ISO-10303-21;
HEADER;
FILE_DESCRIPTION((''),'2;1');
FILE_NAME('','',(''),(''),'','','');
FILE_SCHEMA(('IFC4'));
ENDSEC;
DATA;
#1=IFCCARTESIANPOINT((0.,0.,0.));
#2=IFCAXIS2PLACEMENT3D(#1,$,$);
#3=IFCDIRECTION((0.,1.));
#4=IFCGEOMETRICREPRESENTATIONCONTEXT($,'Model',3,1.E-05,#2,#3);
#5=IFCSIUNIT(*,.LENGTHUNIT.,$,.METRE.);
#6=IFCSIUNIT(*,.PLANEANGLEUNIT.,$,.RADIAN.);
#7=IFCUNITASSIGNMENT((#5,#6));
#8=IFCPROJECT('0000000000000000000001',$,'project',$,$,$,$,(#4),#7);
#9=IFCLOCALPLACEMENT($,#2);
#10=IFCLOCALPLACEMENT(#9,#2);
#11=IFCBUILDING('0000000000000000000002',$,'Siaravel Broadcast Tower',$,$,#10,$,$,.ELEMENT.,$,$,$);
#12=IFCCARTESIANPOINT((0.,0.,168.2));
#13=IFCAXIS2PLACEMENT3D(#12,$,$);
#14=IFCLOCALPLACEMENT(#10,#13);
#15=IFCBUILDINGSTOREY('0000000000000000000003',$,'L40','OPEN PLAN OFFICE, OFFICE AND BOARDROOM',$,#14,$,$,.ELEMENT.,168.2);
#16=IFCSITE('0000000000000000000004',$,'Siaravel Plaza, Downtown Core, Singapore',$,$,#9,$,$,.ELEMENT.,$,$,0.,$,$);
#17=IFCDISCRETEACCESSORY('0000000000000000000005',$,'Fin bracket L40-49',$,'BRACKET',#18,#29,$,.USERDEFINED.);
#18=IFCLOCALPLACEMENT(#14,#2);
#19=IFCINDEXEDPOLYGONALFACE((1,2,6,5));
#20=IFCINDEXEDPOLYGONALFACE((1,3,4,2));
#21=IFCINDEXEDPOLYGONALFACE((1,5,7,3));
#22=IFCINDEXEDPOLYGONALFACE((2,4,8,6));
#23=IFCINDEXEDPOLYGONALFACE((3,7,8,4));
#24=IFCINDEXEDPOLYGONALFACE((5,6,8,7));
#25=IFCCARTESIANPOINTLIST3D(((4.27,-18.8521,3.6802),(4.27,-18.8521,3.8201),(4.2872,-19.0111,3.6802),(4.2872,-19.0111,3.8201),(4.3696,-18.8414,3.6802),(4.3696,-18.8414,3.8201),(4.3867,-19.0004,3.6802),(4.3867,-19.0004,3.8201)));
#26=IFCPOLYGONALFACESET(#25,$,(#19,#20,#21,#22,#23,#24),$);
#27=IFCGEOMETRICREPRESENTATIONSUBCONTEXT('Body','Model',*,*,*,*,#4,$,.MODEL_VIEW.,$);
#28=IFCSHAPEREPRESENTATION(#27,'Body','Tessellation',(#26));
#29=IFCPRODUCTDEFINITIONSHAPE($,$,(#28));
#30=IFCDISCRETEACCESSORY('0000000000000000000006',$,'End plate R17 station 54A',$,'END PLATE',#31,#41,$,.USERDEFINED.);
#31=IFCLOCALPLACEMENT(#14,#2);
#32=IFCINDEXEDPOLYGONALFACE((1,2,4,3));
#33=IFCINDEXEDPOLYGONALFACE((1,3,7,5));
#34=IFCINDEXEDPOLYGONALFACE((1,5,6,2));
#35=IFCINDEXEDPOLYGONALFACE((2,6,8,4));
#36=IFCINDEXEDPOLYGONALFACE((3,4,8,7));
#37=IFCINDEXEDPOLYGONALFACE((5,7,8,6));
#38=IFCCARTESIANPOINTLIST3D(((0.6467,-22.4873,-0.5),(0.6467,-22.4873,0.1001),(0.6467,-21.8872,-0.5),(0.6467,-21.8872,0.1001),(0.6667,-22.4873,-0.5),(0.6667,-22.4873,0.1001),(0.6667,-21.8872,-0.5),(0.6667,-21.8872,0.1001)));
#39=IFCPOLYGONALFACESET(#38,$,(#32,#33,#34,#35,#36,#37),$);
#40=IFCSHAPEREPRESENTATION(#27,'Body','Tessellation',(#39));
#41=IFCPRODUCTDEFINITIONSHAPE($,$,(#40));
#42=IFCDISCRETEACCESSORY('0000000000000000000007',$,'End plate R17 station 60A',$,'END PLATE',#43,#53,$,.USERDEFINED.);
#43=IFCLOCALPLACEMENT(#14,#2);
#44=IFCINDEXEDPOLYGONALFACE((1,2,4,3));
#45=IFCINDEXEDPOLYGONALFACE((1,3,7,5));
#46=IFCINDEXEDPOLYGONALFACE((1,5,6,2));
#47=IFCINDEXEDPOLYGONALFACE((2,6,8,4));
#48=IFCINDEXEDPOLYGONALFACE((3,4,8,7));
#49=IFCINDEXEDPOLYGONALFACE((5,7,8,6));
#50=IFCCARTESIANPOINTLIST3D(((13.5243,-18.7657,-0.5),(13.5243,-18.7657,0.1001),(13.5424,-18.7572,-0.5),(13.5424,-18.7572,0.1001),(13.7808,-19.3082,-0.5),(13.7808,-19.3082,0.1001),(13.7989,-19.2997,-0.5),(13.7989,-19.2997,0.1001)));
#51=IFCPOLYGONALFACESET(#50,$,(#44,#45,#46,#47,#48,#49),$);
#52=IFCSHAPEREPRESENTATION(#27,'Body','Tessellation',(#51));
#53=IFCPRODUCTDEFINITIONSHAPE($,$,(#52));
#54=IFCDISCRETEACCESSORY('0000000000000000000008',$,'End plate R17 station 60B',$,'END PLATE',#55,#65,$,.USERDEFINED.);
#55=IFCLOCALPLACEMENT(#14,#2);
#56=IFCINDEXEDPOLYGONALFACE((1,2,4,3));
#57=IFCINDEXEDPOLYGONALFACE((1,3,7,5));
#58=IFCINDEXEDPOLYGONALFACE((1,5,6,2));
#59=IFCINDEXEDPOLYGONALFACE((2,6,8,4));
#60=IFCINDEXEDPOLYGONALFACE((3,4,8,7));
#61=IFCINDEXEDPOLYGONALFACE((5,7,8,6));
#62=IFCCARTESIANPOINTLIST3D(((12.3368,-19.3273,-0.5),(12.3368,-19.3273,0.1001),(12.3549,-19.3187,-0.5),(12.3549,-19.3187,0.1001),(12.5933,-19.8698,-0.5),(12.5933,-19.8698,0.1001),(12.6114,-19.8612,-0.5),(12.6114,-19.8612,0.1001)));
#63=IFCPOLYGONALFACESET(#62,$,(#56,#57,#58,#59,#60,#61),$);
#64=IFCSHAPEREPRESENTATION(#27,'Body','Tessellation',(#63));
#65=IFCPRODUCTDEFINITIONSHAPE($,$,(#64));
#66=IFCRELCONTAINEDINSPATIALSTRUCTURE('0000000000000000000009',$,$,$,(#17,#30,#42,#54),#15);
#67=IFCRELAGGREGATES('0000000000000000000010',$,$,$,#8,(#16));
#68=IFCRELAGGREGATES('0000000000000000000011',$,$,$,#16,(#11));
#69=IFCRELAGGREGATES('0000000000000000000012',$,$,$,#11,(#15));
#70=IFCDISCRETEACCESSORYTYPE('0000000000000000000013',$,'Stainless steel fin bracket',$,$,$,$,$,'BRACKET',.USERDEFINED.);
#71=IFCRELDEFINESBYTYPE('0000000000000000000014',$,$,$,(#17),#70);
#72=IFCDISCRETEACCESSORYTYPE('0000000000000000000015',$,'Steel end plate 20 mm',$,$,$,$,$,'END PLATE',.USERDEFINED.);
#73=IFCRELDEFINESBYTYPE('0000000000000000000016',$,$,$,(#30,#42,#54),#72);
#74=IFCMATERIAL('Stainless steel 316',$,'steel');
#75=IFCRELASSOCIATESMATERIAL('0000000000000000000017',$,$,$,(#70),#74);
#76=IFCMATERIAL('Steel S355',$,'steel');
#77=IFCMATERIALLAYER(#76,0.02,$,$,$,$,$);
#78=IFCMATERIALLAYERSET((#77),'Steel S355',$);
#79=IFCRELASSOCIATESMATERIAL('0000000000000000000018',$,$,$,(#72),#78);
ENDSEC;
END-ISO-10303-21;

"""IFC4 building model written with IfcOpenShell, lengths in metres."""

from ifc_helpers import new_model, si_unit, direction, frame, origin, origin_2d, place, context, subcontext, project, spatial, rectangle, extrude, material, layer, layer_set, type_object, element, save


model = new_model("IFC4")

# Units and contexts
model_context = context("Model", 3, precision=1e-05, world=origin(), true_north=direction((0.0, 1.0)))
body_context = subcontext(model_context, "Body", "Model", "MODEL_VIEW")
ifc_project = project(units=[si_unit("LENGTHUNIT", "METRE"), si_unit("PLANEANGLEUNIT", "RADIAN")], contexts=[model_context])

# Site, building, storey
site_placement = place(None, origin())
site = spatial("IfcSite", under=ifc_project, at=site_placement, Name="Siaravel Plaza, Downtown Core, Singapore", CompositionType="ELEMENT", RefElevation=0.0)
building_placement = place(site_placement, origin())
building = spatial("IfcBuilding", under=site, at=building_placement, Name="Siaravel Broadcast Tower", CompositionType="ELEMENT")
storey_placement = place(building_placement, frame((0.0, 0.0, 168.2)))
storey = spatial("IfcBuildingStorey", under=building, at=storey_placement, Name="L40", Description="OPEN PLAN OFFICE, OFFICE AND BOARDROOM", CompositionType="ELEMENT", Elevation=168.2)

# Shared definitions
ifc_material_1 = material(Name="Steel S355", Category="steel")

# Discrete accessories
ifc_material_2 = material(Name="Stainless steel 316", Category="steel")
discrete_accessory_type_1 = type_object("IfcDiscreteAccessoryType", Name="Stainless steel fin bracket", ElementType="BRACKET", PredefinedType="USERDEFINED", material=ifc_material_2)
discrete_accessory_placement = place(storey_placement, frame((4.3284, -18.9263, 3.6802), z_axis=(0.0, 0.0, 1.0), x_axis=(0.107217, -0.994236, 0.0)))
element("IfcDiscreteAccessory", 1, at=discrete_accessory_placement, inside=storey, type_object=discrete_accessory_type_1, Name="Fin bracket L40-49", ObjectType="BRACKET", PredefinedType="USERDEFINED", context=body_context, shape_type="SweptSolid", body=[
    extrude(rectangle(XDim=0.1599, YDim=0.1001, at=origin_2d()), origin(), (0.0, 0.0, 1.0), 0.1399),
])
ifc_layer_1 = layer(ifc_material_1, 0.02)
ifc_layer_set_1 = layer_set([ifc_layer_1], Name="Steel S355")
discrete_accessory_type_2 = type_object("IfcDiscreteAccessoryType", Name="Steel end plate 20 mm", ElementType="END PLATE", PredefinedType="USERDEFINED", material=ifc_layer_set_1)
for number, where, z_axis, x_axis, name in (
    (2, (0.6567, -22.1873, -0.5), (0.0, 0.0, 1.0), (1.0, 0.0, 0.0), "End plate R17 station 54A"),
    (3, (13.6616, -19.0327, -0.5), (0.0, 0.0, 1.0), (0.904006, 0.427519, 0.0), "End plate R17 station 60A"),
    (4, (12.4741, -19.5942, -0.5), (0.0, 0.0, 1.0), (0.904006, 0.427519, 0.0), "End plate R17 station 60B"),
):
    element("IfcDiscreteAccessory", number, at=place(storey_placement, frame(where, z_axis=z_axis, x_axis=x_axis)), inside=storey, type_object=discrete_accessory_type_2, Name=name, ObjectType="END PLATE", PredefinedType="USERDEFINED", context=body_context, shape_type="SweptSolid", body=[
        extrude(rectangle(XDim=0.02, YDim=0.6001, at=origin_2d()), origin(), (0.0, 0.0, 1.0), 0.6001),
    ])

save(model, "model.ifc")
